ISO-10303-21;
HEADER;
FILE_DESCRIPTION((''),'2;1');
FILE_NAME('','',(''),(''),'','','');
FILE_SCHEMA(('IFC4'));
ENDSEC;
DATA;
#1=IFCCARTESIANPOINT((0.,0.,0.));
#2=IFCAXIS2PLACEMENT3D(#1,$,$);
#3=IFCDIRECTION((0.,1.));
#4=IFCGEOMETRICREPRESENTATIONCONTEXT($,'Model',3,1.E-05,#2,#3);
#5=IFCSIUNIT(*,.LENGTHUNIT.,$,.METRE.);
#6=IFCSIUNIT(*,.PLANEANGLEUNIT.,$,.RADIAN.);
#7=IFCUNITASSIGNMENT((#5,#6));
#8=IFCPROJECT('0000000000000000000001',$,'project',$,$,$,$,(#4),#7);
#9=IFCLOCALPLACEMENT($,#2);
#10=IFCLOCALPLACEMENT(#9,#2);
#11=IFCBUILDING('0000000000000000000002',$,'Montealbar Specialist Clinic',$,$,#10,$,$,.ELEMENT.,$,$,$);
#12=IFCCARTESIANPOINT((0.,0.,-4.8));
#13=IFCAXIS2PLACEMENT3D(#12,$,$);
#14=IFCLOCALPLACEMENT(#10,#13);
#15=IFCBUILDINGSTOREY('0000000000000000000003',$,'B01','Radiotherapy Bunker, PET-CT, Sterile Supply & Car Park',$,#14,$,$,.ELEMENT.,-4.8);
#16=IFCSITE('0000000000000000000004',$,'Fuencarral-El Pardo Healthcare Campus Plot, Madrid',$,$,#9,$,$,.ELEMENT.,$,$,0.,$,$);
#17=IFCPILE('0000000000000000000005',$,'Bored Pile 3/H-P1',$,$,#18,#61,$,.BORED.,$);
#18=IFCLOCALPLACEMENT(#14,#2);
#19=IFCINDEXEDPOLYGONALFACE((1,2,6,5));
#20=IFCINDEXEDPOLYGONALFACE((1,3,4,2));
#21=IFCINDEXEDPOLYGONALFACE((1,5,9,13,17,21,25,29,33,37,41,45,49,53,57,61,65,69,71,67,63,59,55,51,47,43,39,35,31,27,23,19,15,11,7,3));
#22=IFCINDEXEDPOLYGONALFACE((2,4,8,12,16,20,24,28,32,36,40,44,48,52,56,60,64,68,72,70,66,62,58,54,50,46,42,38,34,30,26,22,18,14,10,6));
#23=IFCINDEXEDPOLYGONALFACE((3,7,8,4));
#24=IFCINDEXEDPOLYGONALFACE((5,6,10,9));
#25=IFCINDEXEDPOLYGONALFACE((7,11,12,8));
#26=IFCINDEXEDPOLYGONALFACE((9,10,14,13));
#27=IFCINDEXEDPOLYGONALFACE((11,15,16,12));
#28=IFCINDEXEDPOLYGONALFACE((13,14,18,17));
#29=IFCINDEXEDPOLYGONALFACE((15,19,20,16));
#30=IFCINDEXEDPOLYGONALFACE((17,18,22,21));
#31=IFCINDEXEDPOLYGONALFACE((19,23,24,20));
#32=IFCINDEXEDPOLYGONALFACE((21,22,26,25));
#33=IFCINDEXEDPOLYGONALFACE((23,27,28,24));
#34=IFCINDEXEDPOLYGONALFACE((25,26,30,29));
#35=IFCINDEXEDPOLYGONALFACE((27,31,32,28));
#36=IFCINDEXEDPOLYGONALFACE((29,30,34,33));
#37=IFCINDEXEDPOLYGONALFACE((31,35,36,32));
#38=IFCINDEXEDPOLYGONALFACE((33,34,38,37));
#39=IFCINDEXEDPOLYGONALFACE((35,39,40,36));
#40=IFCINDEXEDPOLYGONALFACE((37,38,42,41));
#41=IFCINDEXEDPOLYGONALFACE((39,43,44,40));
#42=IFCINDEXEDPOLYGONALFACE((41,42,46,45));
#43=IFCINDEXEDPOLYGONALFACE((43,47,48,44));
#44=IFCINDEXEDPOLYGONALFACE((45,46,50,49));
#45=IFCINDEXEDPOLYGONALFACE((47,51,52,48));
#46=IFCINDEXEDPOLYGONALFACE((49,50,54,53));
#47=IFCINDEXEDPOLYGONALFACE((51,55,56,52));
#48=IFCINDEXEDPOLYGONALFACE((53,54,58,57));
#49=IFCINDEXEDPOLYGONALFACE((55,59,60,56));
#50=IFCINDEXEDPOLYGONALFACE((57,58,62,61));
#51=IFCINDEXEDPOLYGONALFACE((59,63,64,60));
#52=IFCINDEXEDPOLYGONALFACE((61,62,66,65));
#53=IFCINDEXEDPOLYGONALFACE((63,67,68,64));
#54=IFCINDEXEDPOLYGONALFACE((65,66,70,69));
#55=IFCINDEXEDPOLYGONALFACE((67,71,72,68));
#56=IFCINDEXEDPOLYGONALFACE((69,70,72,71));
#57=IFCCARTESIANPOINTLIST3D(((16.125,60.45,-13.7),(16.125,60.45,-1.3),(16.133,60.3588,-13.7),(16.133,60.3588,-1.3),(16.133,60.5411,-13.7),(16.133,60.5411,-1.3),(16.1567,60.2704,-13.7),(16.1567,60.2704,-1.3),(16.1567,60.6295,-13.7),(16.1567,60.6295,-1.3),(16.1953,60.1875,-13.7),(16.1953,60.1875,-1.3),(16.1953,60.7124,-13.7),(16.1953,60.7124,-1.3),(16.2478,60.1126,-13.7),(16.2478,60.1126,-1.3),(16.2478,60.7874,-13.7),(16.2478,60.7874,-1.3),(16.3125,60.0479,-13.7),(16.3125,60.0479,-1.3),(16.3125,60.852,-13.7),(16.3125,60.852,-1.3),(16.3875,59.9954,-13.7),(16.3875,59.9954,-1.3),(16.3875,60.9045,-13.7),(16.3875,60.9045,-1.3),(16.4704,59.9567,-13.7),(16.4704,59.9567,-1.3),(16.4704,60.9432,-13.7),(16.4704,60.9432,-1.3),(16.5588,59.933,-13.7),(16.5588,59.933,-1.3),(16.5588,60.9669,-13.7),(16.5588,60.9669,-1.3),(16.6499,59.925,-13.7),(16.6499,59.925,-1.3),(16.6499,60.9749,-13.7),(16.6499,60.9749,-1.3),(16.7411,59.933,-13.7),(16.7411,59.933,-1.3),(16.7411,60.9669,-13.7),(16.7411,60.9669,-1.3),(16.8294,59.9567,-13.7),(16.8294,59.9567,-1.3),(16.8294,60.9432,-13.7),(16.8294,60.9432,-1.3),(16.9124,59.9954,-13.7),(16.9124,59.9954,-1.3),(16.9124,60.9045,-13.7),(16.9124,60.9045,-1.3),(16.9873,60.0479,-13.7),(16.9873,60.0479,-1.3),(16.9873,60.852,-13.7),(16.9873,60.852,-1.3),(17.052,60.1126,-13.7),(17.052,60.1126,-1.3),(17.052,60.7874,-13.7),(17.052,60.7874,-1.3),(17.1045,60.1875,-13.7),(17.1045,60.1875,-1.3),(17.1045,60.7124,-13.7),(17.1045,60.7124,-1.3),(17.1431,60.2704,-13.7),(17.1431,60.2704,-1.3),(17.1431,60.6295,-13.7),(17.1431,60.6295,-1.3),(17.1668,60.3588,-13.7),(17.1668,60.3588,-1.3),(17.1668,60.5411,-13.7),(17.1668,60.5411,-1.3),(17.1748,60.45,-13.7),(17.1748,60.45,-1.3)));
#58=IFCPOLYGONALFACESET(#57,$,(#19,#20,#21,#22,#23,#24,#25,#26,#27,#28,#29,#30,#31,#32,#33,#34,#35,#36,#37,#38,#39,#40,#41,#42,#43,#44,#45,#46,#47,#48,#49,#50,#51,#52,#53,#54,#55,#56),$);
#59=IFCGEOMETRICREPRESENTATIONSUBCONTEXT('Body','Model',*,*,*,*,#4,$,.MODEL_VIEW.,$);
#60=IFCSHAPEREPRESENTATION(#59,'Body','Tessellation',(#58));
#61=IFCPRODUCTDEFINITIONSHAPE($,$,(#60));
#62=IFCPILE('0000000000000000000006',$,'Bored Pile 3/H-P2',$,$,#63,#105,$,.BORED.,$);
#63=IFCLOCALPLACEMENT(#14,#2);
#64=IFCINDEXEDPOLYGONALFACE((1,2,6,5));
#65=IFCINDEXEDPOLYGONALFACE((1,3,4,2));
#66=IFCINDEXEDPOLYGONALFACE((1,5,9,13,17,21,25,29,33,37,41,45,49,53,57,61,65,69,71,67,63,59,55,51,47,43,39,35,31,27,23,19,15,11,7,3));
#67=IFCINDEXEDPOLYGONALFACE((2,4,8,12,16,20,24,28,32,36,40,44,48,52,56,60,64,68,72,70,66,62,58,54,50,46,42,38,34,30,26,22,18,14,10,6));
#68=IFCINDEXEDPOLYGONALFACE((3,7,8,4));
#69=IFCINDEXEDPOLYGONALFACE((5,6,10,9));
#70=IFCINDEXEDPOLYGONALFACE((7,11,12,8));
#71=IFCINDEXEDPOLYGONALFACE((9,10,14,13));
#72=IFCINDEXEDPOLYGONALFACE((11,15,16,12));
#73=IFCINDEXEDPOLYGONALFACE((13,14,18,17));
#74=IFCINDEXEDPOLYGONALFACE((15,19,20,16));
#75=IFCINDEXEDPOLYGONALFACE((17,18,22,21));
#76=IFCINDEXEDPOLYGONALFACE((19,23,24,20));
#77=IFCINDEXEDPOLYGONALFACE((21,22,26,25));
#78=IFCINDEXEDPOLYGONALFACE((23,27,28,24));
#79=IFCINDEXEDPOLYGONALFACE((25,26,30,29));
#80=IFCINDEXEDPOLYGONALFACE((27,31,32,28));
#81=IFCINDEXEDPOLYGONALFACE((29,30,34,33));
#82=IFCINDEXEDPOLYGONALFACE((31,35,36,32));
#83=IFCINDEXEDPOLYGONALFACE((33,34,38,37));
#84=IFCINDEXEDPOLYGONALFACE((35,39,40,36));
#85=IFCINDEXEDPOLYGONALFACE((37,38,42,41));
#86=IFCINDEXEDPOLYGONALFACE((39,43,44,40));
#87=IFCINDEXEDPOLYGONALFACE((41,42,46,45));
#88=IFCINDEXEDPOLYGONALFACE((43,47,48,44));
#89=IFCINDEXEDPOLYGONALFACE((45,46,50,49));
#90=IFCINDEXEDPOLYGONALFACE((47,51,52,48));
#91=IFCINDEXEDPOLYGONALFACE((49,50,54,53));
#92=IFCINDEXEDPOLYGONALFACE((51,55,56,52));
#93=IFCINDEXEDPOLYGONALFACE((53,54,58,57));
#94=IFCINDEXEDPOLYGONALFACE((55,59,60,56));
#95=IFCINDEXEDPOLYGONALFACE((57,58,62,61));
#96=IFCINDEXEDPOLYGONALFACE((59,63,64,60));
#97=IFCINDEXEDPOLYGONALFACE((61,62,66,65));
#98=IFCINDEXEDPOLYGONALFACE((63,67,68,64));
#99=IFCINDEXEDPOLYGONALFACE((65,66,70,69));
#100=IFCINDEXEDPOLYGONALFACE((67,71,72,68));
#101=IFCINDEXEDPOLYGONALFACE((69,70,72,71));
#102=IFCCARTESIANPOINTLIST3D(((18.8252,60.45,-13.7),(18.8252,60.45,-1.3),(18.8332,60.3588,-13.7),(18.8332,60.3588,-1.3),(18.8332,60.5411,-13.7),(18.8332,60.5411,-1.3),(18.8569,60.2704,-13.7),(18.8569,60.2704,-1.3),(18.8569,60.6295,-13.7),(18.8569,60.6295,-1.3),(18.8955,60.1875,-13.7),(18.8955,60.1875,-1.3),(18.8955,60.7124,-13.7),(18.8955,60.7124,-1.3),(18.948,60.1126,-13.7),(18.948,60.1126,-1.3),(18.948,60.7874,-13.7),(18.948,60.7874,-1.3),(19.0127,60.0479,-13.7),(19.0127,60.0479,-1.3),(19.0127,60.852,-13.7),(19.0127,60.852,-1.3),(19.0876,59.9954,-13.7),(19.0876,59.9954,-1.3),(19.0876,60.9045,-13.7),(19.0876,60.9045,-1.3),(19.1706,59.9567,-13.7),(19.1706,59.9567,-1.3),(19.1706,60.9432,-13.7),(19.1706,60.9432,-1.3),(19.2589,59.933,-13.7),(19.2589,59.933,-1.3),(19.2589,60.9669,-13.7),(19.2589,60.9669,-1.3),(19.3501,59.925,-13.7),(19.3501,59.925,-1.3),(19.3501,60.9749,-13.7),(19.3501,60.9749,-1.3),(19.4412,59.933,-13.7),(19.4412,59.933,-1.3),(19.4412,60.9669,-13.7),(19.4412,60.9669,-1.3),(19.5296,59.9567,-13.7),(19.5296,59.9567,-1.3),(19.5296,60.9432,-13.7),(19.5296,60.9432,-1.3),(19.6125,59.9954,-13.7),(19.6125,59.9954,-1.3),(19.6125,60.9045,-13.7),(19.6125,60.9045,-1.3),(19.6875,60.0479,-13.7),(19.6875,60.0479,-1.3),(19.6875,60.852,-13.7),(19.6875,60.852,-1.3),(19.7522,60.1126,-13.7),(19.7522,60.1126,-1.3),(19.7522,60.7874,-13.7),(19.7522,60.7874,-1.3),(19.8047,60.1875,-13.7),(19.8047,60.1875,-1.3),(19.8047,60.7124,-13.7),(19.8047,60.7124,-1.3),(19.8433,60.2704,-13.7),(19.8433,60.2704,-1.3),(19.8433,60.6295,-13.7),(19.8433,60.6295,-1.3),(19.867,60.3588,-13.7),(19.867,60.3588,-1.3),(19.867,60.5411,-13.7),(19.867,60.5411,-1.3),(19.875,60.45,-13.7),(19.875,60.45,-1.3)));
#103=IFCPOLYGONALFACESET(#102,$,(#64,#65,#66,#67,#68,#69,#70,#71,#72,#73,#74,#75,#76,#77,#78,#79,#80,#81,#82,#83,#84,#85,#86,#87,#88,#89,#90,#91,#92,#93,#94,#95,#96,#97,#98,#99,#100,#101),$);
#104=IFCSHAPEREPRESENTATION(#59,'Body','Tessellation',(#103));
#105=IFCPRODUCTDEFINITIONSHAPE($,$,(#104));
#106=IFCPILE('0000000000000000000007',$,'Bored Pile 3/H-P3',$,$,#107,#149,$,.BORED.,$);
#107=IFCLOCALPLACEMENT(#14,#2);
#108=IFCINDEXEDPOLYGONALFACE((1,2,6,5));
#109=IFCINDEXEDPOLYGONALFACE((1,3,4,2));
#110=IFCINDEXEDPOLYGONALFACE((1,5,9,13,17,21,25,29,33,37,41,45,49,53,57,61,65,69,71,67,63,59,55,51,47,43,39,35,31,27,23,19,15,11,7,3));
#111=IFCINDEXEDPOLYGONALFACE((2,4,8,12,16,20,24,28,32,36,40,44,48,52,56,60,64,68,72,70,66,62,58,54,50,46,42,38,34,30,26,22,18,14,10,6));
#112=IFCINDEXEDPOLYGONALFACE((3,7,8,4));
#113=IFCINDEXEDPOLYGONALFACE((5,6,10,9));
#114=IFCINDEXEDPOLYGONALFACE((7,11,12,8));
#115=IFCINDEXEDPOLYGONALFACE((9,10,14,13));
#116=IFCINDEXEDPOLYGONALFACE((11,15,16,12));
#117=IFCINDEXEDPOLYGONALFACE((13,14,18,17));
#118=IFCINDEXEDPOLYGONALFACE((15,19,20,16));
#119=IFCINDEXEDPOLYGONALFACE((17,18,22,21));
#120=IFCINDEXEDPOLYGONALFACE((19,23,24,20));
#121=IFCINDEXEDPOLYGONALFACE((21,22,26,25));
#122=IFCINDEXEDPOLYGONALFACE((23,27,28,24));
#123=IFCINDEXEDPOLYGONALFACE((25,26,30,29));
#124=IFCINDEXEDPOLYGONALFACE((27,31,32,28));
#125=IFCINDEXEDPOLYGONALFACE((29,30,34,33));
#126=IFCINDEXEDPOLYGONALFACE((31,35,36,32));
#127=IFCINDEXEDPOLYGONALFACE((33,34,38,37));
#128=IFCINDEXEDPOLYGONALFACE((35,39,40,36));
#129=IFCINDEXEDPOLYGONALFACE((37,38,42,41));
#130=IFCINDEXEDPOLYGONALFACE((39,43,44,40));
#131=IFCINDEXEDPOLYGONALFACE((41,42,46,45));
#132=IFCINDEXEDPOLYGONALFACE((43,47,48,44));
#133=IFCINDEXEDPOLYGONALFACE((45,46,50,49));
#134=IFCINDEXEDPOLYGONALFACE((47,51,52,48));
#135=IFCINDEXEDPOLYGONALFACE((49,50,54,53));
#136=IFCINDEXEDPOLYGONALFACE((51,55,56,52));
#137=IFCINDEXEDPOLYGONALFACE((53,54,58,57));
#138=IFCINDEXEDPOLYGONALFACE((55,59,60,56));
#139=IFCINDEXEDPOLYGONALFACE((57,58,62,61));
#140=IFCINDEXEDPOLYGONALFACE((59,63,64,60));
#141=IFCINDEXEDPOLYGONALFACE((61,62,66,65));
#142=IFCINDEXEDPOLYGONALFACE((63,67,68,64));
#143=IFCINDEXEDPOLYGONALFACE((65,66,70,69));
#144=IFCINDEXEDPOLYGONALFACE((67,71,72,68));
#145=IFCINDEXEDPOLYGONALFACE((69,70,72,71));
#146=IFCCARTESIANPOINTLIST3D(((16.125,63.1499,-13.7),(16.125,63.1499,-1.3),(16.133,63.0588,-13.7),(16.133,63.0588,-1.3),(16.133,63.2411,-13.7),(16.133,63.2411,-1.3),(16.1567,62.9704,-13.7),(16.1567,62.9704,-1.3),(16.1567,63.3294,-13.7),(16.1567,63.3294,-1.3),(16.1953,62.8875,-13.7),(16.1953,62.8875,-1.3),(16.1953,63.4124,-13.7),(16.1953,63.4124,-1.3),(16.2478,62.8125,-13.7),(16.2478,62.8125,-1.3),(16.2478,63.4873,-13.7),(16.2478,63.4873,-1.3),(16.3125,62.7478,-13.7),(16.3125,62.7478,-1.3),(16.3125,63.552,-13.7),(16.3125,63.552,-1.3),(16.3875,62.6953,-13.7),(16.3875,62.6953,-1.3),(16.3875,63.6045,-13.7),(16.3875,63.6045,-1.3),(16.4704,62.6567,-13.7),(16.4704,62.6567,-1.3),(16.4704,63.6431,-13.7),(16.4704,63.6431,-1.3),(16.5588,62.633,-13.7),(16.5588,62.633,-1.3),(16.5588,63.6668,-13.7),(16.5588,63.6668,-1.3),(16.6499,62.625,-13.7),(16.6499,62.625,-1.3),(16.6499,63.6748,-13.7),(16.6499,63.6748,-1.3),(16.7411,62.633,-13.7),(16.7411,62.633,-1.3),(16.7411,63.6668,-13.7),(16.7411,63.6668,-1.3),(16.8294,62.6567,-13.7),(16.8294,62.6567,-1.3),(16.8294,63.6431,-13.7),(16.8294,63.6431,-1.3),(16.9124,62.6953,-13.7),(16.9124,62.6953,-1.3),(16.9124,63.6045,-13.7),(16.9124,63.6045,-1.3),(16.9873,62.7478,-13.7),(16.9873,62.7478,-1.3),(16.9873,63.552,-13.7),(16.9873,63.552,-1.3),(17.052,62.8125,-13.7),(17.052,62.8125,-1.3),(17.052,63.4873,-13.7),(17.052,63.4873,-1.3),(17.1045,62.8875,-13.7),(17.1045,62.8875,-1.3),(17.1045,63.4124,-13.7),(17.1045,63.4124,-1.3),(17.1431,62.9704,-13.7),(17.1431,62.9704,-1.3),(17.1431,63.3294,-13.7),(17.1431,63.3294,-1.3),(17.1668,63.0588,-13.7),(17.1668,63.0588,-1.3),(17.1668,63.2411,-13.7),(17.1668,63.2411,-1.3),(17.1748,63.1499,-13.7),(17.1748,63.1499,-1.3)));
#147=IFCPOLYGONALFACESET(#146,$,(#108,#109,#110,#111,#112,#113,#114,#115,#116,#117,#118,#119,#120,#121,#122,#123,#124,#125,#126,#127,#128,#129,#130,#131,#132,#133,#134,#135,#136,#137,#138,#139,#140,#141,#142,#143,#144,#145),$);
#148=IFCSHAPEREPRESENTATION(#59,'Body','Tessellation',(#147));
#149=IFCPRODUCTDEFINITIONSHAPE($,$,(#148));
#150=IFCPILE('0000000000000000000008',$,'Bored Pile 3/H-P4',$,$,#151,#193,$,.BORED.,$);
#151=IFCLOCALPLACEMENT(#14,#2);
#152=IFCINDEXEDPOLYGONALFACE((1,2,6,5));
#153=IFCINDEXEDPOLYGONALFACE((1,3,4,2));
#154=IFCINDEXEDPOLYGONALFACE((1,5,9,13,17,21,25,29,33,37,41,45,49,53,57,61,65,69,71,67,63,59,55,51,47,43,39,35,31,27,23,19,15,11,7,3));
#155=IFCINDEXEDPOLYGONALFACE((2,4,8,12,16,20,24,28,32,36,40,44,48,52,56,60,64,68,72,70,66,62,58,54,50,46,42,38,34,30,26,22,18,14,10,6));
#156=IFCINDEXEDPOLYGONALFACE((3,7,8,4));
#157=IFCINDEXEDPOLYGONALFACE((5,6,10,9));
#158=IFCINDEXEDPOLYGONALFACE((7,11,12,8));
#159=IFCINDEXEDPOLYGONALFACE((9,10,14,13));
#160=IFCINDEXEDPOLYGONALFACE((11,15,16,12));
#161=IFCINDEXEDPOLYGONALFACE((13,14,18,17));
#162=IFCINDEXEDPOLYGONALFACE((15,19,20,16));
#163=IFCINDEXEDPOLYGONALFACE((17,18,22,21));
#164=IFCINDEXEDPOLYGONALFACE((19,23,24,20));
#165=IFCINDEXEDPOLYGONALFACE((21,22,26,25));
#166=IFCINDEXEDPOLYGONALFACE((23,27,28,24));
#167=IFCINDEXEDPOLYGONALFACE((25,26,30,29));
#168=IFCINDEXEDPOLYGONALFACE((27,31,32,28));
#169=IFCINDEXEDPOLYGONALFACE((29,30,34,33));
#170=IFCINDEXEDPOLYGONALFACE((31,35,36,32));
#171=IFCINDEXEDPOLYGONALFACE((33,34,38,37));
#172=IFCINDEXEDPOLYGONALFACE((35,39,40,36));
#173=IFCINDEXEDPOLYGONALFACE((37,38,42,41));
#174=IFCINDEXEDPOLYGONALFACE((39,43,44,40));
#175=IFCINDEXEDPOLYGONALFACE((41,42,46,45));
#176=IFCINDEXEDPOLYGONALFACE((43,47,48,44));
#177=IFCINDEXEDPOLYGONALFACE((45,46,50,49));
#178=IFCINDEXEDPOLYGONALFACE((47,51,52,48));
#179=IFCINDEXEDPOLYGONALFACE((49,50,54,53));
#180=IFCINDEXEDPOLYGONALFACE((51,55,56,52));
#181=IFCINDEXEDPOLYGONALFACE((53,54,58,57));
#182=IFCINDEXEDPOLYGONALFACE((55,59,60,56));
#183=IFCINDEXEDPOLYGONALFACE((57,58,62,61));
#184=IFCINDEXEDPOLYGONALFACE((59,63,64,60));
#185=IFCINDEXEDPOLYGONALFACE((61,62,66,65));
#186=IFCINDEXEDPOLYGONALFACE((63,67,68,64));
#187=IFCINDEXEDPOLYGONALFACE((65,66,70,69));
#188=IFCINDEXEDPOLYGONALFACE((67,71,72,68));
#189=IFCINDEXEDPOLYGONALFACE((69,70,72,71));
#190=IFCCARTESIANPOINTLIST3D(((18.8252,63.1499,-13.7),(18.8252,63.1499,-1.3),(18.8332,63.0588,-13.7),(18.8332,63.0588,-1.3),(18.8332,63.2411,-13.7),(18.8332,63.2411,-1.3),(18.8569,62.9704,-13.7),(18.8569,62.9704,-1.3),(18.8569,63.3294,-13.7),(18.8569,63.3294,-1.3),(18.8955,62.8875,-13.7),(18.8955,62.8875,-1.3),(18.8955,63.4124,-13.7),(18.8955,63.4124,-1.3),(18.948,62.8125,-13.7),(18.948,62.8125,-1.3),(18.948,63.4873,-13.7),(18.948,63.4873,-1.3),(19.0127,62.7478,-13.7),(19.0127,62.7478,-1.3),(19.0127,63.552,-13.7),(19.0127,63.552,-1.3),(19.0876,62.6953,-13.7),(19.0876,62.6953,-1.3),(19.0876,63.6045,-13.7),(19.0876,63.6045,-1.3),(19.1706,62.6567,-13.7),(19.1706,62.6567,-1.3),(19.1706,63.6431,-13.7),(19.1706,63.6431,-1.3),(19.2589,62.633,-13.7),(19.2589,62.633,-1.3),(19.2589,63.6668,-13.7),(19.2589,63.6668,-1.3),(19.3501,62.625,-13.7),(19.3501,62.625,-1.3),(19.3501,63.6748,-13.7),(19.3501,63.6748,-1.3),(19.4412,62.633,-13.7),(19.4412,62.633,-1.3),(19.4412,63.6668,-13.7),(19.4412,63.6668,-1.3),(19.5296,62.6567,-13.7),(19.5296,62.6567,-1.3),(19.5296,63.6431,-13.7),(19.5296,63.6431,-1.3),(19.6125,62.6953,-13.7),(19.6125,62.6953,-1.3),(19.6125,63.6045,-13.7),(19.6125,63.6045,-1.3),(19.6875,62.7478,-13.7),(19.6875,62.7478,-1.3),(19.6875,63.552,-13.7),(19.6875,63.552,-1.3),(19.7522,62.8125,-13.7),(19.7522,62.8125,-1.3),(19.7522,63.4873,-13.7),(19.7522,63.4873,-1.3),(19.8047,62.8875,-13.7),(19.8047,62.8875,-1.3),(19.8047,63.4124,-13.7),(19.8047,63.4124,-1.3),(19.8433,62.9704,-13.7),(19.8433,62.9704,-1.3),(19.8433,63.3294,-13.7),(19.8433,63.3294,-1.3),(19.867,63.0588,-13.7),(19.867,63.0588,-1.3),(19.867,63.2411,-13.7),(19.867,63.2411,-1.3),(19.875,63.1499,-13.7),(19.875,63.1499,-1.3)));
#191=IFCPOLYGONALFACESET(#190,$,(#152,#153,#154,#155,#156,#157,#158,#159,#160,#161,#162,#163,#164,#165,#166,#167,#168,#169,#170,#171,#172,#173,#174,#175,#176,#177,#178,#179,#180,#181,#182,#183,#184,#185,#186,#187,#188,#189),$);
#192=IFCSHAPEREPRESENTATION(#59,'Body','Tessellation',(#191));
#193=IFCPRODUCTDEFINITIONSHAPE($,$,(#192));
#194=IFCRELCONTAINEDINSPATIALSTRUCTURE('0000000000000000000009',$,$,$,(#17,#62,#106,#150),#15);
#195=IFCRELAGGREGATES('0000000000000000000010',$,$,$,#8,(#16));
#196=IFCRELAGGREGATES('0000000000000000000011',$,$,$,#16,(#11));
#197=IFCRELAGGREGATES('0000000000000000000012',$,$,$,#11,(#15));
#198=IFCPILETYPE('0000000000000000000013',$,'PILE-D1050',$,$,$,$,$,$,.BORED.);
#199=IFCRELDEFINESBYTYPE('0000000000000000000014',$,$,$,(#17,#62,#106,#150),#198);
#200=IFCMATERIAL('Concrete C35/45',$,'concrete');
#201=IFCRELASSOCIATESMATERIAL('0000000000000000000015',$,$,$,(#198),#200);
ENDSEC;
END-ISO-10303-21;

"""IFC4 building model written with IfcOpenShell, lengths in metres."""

from ifc_helpers import new_model, si_unit, direction, frame, origin, origin_2d, place, context, subcontext, project, spatial, circle, extrude, material, material_profile, profile_set, type_object, element, save


model = new_model("IFC4")

# Units and contexts
model_context = context("Model", 3, precision=1e-05, world=origin(), true_north=direction((0.0, 1.0)))
body_context = subcontext(model_context, "Body", "Model", "MODEL_VIEW")
ifc_project = project(units=[si_unit("LENGTHUNIT", "METRE"), si_unit("PLANEANGLEUNIT", "RADIAN")], contexts=[model_context])

# Site, building, storey
site_placement = place(None, origin())
site = spatial("IfcSite", under=ifc_project, at=site_placement, Name="Fuencarral-El Pardo Healthcare Campus Plot, Madrid", CompositionType="ELEMENT", RefElevation=0.0)
building_placement = place(site_placement, origin())
building = spatial("IfcBuilding", under=site, at=building_placement, Name="Montealbar Specialist Clinic", CompositionType="ELEMENT")
storey_placement = place(building_placement, frame((0.0, 0.0, -4.8)))
storey = spatial("IfcBuildingStorey", under=building, at=storey_placement, Name="B01", Description="Radiotherapy Bunker, PET-CT, Sterile Supply & Car Park", CompositionType="ELEMENT", Elevation=-4.8)

# Shared definitions
ifc_material_1 = material(Name="Concrete C35/45", Category="concrete")

# Piles
ifc_material_profile_1 = material_profile(ifc_material_1, circle(Radius=0.5249, at=origin_2d()), Name="PILE D1050", Category="concrete")
ifc_profile_set_1 = profile_set([ifc_material_profile_1], Name="Concrete C35/45")
pile_type = type_object("IfcPileType", Name="PILE-D1050", PredefinedType="BORED", material=ifc_profile_set_1)
for number, where, z_axis, x_axis, name in (
    (1, (16.6499, 60.45, -1.3), (0.0, 0.0, -1.0), (1.0, 0.0, 0.0), "Bored Pile 3/H-P1"),
    (2, (19.3501, 60.45, -1.3), (0.0, 0.0, -1.0), (1.0, 0.0, 0.0), "Bored Pile 3/H-P2"),
    (3, (16.6499, 63.1499, -1.3), (0.0, 0.0, -1.0), (1.0, 0.0, 0.0), "Bored Pile 3/H-P3"),
    (4, (19.3501, 63.1499, -1.3), (0.0, 0.0, -1.0), (1.0, 0.0, 0.0), "Bored Pile 3/H-P4"),
):
    element("IfcPile", number, at=place(storey_placement, frame(where, z_axis=z_axis, x_axis=x_axis)), inside=storey, type_object=pile_type, Name=name, PredefinedType="BORED", context=body_context, shape_type="SweptSolid", body=[
        extrude(circle(Radius=0.5249, at=origin_2d()), origin(), (0.0, 0.0, 1.0), 12.3999),
    ])

save(model, "model.ifc")
